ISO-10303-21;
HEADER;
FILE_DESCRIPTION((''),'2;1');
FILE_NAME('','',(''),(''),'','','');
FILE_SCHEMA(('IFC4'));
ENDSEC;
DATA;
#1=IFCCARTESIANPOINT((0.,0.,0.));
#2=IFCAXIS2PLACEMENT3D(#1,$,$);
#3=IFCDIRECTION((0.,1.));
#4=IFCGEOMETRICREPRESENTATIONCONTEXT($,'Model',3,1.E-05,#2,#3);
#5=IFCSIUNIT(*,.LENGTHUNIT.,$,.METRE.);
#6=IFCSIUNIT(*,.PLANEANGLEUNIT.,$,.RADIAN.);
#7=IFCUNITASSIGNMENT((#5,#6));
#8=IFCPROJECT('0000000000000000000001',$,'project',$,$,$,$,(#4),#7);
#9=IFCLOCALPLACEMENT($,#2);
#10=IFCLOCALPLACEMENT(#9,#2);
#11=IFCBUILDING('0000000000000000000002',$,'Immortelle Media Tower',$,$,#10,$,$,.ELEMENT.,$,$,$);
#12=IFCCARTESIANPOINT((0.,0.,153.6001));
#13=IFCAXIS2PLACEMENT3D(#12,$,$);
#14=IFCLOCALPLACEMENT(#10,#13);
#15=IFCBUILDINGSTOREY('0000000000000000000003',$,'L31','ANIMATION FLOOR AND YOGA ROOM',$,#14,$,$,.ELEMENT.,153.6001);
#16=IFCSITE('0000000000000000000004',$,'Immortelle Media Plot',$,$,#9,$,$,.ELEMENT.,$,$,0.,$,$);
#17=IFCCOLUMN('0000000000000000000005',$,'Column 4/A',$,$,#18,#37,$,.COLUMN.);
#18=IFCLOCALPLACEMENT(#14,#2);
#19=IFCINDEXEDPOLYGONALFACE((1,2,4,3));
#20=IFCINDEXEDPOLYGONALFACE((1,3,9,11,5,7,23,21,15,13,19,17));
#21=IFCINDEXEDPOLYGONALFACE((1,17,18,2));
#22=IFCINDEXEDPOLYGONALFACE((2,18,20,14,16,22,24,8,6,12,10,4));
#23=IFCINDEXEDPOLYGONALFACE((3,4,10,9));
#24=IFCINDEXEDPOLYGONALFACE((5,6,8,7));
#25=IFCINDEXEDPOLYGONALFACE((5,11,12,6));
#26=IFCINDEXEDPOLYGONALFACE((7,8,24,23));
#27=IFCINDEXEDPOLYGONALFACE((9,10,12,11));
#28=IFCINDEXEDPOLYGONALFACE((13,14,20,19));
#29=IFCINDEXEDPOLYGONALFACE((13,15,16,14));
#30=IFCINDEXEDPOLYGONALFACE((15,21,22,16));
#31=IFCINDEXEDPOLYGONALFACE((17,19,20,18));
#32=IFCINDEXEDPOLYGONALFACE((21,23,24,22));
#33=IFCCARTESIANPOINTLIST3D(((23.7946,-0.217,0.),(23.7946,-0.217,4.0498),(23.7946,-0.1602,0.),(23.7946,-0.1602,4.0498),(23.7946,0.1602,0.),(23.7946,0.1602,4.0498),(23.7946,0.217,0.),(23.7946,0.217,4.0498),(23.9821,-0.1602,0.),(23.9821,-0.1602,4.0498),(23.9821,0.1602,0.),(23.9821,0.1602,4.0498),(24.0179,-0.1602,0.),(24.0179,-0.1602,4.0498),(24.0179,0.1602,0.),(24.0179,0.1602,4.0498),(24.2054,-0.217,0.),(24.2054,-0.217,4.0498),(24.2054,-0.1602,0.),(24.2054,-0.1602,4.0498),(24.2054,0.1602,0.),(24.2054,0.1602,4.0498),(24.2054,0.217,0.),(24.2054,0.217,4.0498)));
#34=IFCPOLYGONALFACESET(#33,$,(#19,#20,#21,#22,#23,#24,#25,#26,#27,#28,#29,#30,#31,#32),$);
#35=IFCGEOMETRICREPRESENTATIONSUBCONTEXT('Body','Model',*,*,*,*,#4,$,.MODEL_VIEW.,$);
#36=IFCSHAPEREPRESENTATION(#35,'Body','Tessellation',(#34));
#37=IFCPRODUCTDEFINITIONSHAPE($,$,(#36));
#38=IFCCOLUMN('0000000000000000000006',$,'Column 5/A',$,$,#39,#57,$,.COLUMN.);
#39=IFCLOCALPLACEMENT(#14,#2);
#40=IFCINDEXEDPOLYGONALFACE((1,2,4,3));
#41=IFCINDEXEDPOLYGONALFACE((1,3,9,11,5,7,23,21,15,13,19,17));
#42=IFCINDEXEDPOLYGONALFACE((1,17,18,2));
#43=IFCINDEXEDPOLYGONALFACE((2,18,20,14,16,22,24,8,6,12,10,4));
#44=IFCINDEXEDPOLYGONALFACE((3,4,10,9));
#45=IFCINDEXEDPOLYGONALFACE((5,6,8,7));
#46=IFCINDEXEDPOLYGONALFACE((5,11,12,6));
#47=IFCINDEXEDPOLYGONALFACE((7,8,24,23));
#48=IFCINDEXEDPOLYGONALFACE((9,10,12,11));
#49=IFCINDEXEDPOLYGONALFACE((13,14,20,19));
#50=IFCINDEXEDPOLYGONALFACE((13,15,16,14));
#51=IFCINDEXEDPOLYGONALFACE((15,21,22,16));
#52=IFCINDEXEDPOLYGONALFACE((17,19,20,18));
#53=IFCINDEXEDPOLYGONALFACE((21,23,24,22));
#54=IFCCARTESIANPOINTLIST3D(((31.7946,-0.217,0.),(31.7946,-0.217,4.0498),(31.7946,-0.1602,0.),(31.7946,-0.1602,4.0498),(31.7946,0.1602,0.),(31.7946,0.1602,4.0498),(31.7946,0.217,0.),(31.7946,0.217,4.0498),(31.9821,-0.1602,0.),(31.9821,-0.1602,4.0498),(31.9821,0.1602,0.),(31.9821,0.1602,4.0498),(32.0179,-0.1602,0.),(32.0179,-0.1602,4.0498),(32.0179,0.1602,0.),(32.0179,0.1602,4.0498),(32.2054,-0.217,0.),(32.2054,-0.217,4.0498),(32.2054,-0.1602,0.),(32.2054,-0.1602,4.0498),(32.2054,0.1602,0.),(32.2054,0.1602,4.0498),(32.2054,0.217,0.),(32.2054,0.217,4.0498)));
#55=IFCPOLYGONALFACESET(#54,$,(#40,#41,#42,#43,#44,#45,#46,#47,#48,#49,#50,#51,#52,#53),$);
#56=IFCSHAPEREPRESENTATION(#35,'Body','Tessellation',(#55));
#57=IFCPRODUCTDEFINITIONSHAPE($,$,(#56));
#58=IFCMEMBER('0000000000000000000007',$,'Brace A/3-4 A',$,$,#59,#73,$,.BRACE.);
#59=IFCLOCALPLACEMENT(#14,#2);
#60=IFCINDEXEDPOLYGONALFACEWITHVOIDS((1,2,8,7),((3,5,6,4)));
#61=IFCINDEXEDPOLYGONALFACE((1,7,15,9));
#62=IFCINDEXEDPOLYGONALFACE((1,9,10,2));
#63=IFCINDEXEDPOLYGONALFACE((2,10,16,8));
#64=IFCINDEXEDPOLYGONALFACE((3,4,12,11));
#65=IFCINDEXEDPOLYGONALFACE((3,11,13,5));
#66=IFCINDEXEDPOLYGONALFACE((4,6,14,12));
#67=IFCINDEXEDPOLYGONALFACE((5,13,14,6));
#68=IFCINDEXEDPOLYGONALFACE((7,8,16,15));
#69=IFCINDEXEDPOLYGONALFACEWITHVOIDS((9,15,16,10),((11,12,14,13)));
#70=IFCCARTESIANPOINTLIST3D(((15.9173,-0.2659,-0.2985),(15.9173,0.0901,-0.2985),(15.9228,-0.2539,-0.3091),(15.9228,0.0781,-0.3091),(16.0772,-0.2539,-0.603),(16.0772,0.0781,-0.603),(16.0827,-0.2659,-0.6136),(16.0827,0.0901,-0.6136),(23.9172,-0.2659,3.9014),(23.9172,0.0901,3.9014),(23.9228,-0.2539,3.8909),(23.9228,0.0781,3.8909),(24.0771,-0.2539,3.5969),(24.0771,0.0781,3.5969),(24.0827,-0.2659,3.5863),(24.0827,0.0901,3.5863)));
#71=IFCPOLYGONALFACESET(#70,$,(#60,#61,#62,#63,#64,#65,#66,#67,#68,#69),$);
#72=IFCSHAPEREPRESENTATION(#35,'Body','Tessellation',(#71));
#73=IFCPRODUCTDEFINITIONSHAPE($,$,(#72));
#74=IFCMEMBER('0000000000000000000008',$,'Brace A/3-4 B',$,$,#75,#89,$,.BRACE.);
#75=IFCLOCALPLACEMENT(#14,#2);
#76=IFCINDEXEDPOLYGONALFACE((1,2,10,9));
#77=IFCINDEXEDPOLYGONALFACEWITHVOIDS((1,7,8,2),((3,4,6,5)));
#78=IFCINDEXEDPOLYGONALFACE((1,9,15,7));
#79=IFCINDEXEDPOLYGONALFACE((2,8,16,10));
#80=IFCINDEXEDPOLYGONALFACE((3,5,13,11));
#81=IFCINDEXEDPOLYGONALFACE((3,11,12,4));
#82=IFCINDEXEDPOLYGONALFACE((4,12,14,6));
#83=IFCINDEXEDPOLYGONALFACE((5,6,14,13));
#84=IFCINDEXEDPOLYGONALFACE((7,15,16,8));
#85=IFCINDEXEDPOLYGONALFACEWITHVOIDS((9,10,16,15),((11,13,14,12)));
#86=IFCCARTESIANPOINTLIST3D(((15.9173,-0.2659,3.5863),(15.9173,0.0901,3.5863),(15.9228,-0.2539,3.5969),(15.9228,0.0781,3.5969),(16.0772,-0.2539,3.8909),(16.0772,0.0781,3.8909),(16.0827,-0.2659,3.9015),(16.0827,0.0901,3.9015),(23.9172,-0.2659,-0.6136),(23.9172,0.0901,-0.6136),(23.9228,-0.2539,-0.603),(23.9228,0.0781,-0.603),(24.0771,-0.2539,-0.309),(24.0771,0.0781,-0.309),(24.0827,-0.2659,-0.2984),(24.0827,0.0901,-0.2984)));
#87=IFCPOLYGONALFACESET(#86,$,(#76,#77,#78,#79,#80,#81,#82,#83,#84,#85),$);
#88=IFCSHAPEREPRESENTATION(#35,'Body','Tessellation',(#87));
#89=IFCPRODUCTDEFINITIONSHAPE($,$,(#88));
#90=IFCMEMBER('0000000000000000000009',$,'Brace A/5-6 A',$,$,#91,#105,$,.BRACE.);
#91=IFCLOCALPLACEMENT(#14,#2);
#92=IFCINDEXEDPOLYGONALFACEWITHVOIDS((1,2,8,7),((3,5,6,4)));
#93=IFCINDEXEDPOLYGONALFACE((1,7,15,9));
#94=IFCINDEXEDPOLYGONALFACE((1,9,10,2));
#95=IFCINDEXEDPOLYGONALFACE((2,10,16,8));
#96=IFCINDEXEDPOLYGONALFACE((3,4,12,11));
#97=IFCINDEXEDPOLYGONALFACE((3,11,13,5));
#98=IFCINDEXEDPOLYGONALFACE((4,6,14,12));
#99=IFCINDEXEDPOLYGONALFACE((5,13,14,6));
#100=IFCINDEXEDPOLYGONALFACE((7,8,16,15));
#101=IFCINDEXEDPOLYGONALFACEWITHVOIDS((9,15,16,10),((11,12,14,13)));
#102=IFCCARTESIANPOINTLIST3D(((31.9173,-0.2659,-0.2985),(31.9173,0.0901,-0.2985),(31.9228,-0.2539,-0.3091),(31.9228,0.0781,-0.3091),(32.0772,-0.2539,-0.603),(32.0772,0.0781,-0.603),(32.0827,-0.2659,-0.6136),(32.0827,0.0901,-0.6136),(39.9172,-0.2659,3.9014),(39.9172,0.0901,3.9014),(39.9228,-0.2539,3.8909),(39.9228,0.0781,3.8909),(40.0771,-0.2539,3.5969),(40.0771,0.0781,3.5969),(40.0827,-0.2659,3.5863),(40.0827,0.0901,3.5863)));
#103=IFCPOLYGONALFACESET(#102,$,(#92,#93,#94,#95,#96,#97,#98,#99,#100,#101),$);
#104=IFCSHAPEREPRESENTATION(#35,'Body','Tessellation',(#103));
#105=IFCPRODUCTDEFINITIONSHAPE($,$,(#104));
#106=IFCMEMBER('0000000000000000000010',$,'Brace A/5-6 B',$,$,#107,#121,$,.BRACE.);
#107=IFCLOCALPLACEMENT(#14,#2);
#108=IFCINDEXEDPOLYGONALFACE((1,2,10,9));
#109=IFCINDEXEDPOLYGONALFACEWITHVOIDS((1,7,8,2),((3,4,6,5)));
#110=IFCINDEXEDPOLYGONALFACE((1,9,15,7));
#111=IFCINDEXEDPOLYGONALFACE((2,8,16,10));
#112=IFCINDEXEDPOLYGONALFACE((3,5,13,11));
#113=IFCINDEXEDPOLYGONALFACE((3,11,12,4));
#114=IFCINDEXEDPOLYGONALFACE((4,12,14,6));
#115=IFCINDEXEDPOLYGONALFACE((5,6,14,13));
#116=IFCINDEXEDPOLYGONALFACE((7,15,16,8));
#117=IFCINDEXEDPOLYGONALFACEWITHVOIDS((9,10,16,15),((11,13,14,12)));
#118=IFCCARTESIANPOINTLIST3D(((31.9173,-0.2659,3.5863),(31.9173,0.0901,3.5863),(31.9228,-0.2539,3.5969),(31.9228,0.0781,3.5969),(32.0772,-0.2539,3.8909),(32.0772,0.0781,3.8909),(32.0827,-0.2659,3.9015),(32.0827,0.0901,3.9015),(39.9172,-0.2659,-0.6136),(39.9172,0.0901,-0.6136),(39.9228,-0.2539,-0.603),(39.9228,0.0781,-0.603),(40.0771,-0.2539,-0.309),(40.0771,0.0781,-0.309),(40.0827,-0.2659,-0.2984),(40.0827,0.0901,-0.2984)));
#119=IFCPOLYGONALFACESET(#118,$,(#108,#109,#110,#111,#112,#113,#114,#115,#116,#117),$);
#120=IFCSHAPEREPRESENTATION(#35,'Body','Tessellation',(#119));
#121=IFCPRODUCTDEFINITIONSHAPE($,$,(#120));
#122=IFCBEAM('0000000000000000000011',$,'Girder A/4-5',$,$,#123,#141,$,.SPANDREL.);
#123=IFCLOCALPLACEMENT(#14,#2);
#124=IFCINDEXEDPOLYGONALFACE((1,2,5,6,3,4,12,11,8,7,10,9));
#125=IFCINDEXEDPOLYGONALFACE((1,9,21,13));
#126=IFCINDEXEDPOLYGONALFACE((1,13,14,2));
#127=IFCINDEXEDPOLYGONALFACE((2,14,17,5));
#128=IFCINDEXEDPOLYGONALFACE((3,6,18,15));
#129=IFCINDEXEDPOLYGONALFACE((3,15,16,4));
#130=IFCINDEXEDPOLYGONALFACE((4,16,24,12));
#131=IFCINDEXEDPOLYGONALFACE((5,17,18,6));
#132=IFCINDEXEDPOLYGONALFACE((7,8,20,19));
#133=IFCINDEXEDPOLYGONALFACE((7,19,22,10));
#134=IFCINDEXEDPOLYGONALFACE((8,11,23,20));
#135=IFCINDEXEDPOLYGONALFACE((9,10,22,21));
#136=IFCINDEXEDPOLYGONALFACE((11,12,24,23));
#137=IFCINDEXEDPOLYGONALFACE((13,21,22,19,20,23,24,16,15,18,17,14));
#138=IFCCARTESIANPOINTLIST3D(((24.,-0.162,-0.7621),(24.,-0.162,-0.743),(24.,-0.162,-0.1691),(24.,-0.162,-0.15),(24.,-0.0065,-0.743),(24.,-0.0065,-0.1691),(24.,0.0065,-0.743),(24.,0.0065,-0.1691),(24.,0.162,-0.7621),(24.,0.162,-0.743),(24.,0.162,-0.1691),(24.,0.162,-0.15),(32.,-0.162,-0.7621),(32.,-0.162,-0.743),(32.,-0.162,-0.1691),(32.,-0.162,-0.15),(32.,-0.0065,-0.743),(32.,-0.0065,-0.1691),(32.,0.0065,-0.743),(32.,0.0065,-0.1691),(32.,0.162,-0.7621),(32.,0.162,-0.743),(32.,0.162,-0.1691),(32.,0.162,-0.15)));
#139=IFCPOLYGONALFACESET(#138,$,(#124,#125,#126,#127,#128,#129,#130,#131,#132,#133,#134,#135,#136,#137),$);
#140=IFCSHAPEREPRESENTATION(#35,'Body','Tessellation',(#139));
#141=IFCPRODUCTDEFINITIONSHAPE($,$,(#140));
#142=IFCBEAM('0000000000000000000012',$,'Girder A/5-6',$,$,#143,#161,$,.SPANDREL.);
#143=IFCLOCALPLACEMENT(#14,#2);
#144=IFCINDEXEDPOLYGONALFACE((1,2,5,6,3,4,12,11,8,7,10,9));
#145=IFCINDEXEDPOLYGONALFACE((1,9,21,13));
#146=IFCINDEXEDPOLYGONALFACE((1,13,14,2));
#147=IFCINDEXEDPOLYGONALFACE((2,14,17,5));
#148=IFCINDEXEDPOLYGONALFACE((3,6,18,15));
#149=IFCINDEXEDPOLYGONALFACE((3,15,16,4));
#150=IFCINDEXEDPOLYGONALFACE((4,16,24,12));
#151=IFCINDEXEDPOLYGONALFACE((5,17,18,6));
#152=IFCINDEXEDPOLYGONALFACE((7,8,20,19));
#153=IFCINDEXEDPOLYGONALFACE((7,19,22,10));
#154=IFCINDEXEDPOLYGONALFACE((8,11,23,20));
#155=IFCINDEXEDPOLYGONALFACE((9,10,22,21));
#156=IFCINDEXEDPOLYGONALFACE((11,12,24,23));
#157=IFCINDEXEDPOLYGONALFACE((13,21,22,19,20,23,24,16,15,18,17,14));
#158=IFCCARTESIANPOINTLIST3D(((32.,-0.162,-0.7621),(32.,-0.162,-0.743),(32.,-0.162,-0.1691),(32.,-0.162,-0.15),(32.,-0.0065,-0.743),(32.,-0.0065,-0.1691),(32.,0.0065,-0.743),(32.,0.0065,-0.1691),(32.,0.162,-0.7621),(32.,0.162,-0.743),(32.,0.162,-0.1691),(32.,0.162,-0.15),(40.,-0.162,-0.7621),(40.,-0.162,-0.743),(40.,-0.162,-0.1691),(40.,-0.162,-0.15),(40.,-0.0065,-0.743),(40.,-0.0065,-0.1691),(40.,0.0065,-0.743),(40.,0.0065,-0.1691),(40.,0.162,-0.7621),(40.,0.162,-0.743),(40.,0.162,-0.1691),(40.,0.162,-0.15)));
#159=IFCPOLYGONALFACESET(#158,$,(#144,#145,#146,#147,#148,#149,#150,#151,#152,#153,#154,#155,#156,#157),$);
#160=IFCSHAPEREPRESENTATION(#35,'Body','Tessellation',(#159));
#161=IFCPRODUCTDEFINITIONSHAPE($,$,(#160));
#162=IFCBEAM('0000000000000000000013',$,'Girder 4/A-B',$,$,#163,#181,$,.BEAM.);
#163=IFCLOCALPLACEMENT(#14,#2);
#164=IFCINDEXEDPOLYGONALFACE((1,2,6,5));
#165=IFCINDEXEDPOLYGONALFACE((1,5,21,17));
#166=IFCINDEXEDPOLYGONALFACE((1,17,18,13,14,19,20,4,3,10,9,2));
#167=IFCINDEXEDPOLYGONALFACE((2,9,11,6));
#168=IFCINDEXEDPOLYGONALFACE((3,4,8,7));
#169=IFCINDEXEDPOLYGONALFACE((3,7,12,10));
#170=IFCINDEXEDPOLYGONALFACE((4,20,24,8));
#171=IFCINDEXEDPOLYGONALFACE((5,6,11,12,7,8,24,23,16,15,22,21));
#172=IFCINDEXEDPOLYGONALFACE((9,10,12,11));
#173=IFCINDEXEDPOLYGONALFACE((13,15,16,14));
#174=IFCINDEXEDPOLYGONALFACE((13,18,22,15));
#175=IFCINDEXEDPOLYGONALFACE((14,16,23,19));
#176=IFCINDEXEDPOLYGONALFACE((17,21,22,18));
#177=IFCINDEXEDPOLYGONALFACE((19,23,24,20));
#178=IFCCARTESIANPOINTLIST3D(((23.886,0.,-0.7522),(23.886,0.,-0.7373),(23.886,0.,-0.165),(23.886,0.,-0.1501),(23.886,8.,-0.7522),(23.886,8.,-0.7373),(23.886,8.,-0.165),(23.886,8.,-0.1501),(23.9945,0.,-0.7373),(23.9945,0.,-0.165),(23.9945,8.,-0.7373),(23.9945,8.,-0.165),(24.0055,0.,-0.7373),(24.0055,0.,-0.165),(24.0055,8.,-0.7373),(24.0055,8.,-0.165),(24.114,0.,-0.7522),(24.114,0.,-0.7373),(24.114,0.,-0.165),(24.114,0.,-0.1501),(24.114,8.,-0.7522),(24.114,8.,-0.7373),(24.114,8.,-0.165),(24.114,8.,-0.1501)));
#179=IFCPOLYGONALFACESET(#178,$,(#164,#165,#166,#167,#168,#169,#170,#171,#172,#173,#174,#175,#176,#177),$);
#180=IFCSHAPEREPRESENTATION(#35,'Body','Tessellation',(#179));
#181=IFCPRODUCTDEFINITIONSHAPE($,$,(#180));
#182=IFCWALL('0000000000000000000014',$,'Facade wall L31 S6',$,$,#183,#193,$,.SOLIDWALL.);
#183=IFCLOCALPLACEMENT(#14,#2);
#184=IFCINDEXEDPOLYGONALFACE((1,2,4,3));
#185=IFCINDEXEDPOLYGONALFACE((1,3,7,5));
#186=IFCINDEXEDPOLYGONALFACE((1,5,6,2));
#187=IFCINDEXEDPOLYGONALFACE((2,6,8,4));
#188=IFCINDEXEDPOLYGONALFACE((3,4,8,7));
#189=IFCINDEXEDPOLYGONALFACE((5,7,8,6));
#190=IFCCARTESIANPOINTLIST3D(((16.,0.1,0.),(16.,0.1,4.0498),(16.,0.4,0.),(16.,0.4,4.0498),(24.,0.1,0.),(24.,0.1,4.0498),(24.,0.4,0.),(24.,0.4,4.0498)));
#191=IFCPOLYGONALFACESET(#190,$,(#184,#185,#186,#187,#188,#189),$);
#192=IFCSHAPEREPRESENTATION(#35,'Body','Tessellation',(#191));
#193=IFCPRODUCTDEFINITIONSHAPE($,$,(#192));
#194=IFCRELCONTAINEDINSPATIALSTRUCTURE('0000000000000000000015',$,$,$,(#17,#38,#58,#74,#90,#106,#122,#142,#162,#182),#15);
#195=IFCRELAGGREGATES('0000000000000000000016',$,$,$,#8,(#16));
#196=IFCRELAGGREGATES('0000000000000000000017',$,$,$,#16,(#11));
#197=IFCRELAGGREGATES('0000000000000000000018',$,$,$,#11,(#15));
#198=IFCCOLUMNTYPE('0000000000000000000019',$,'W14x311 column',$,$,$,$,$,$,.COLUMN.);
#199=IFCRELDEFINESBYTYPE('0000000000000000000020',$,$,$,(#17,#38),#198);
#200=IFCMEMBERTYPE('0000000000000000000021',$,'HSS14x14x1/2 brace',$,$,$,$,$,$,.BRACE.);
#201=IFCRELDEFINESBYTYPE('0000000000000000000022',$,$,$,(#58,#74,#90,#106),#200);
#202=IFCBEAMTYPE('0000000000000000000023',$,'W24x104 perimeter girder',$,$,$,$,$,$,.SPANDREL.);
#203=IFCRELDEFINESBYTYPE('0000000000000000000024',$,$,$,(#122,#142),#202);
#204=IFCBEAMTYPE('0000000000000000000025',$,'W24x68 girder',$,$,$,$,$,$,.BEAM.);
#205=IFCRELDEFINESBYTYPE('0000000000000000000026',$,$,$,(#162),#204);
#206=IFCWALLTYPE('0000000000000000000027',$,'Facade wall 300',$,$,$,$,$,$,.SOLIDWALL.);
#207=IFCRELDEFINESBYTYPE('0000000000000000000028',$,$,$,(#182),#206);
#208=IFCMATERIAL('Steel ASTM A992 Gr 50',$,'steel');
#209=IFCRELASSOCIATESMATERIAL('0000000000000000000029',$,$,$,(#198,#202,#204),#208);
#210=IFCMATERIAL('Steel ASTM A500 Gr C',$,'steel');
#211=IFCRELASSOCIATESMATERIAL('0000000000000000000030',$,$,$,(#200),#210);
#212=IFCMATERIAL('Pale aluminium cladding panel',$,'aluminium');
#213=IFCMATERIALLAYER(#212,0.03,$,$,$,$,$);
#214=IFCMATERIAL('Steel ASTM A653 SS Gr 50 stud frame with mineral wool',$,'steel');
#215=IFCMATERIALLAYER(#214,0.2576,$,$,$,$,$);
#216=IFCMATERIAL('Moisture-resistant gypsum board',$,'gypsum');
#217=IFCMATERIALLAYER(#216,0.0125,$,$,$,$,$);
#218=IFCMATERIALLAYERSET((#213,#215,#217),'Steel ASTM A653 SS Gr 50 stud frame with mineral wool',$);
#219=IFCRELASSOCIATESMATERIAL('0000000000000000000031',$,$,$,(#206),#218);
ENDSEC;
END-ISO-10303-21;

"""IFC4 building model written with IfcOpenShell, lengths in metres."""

from ifc_helpers import new_model, si_unit, direction, frame, frame_2d, origin, origin_2d, place, context, subcontext, project, spatial, rectangle, hollow_rectangle, i_section, extrude, material, layer, layer_set, material_profile, profile_set, type_object, element, save


model = new_model("IFC4")

# Units and contexts
model_context = context("Model", 3, precision=1e-05, world=origin(), true_north=direction((0.0, 1.0)))
body_context = subcontext(model_context, "Body", "Model", "MODEL_VIEW")
ifc_project = project(units=[si_unit("LENGTHUNIT", "METRE"), si_unit("PLANEANGLEUNIT", "RADIAN")], contexts=[model_context])

# Site, building, storey
site_placement = place(None, origin())
site = spatial("IfcSite", under=ifc_project, at=site_placement, Name="Immortelle Media Plot", CompositionType="ELEMENT", RefElevation=0.0)
building_placement = place(site_placement, origin())
building = spatial("IfcBuilding", under=site, at=building_placement, Name="Immortelle Media Tower", CompositionType="ELEMENT")
storey_placement = place(building_placement, frame((0.0, 0.0, 153.6001)))
storey = spatial("IfcBuildingStorey", under=building, at=storey_placement, Name="L31", Description="ANIMATION FLOOR AND YOGA ROOM", CompositionType="ELEMENT", Elevation=153.6001)

# Columns
ifc_material_1 = material(Name="Steel ASTM A992 Gr 50", Category="steel")
ifc_material_profile_1 = material_profile(ifc_material_1, i_section(OverallWidth=0.4109, OverallDepth=0.4341, WebThickness=0.0359, FlangeThickness=0.0569, at=origin_2d()), Name="W14x311")
ifc_profile_set_1 = profile_set([ifc_material_profile_1], Name="Steel ASTM A992 Gr 50")
column_type = type_object("IfcColumnType", Name="W14x311 column", PredefinedType="COLUMN", material=ifc_profile_set_1)
for number, where, z_axis, x_axis, name in (
    (1, (24.0, 0.0, 0.0), (0.0, 0.0, 1.0), (1.0, 0.0, 0.0), "Column 4/A"),
    (2, (32.0, 0.0, 0.0), (0.0, 0.0, 1.0), (1.0, 0.0, 0.0), "Column 5/A"),
):
    element("IfcColumn", number, at=place(storey_placement, frame(where, z_axis=z_axis, x_axis=x_axis)), inside=storey, type_object=column_type, Name=name, PredefinedType="COLUMN", context=body_context, shape_type="SweptSolid", body=[
        extrude(i_section(OverallWidth=0.4109, OverallDepth=0.4341, WebThickness=0.0359, FlangeThickness=0.0569, at=origin_2d()), origin(), (0.0, 0.0, 1.0), 4.0498),
    ])

# Members
ifc_material_2 = material(Name="Steel ASTM A500 Gr C", Category="steel")
ifc_material_profile_2 = material_profile(ifc_material_2, hollow_rectangle(XDim=0.356, YDim=0.356, WallThickness=0.012, at=origin_2d()), Name="HSS14x14x1/2 brace")
ifc_profile_set_2 = profile_set([ifc_material_profile_2], Name="Steel ASTM A500 Gr C")
member_type = type_object("IfcMemberType", Name="HSS14x14x1/2 brace", PredefinedType="BRACE", material=ifc_profile_set_2)
for number, where, z_axis, x_axis, name in (
    (3, (16.0, -0.0879, -0.4561), (0.8854, 0.0, 0.46483), (0.0, 1.0, 0.0), "Brace A/3-4 A"),
    (4, (16.0, -0.0879, 3.7439), (0.8854, 0.0, -0.46483), (0.0, 1.0, 0.0), "Brace A/3-4 B"),
    (5, (32.0, -0.0879, -0.4561), (0.8854, 0.0, 0.46483), (0.0, 1.0, 0.0), "Brace A/5-6 A"),
    (6, (32.0, -0.0879, 3.7439), (0.8854, 0.0, -0.46483), (0.0, 1.0, 0.0), "Brace A/5-6 B"),
):
    element("IfcMember", number, at=place(storey_placement, frame(where, z_axis=z_axis, x_axis=x_axis)), inside=storey, type_object=member_type, Name=name, PredefinedType="BRACE", context=body_context, shape_type="SweptSolid", body=[
        extrude(hollow_rectangle(XDim=0.356, YDim=0.356, WallThickness=0.012, at=origin_2d()), origin(), (0.0, 0.0, 1.0), 9.0354),
    ])

# Beams
ifc_material_profile_3 = material_profile(ifc_material_1, i_section(OverallWidth=0.324, OverallDepth=0.6121, WebThickness=0.0129, FlangeThickness=0.019, at=origin_2d()), Name="W24x104")
ifc_profile_set_3 = profile_set([ifc_material_profile_3], Name="Steel ASTM A992 Gr 50")
beam_type_1 = type_object("IfcBeamType", Name="W24x104 perimeter girder", PredefinedType="SPANDREL", material=ifc_profile_set_3)
for number, where, z_axis, x_axis, name in (
    (7, (24.0, 0.0, -0.4561), (1.0, 0.0, 0.0), (0.0, 1.0, 0.0), "Girder A/4-5"),
    (8, (32.0, 0.0, -0.4561), (1.0, 0.0, 0.0), (0.0, 1.0, 0.0), "Girder A/5-6"),
):
    element("IfcBeam", number, at=place(storey_placement, frame(where, z_axis=z_axis, x_axis=x_axis)), inside=storey, type_object=beam_type_1, Name=name, PredefinedType="SPANDREL", context=body_context, shape_type="SweptSolid", body=[
        extrude(i_section(OverallWidth=0.324, OverallDepth=0.6121, WebThickness=0.0129, FlangeThickness=0.019, at=origin_2d()), origin(), (0.0, 0.0, 1.0), 8.0),
    ])
ifc_material_profile_4 = material_profile(ifc_material_1, i_section(OverallWidth=0.228, OverallDepth=0.6021, WebThickness=0.011, FlangeThickness=0.0149, at=origin_2d()), Name="W24x68")
ifc_profile_set_4 = profile_set([ifc_material_profile_4], Name="Steel ASTM A992 Gr 50")
beam_type_2 = type_object("IfcBeamType", Name="W24x68 girder", PredefinedType="BEAM", material=ifc_profile_set_4)
beam_placement = place(storey_placement, frame((24.0, 0.0, -0.4512), z_axis=(0.0, 1.0, 0.0), x_axis=(-1.0, 0.0, 0.0)))
element("IfcBeam", 9, at=beam_placement, inside=storey, type_object=beam_type_2, Name="Girder 4/A-B", PredefinedType="BEAM", context=body_context, shape_type="SweptSolid", body=[
    extrude(i_section(OverallWidth=0.228, OverallDepth=0.6021, WebThickness=0.011, FlangeThickness=0.0149, at=origin_2d()), origin(), (0.0, 0.0, 1.0), 8.0),
])

# Wall
ifc_material_3 = material(Name="Pale aluminium cladding panel", Category="aluminium")
ifc_layer_1 = layer(ifc_material_3, 0.03)
ifc_material_4 = material(Name="Steel ASTM A653 SS Gr 50 stud frame with mineral wool", Category="steel")
ifc_layer_2 = layer(ifc_material_4, 0.2576)
ifc_material_5 = material(Name="Moisture-resistant gypsum board", Category="gypsum")
ifc_layer_3 = layer(ifc_material_5, 0.0125)
ifc_layer_set_1 = layer_set([ifc_layer_1, ifc_layer_2, ifc_layer_3], Name="Steel ASTM A653 SS Gr 50 stud frame with mineral wool")
wall_type_1 = type_object("IfcWallType", Name="Facade wall 300", PredefinedType="SOLIDWALL", material=ifc_layer_set_1)
wall_1_placement = place(storey_placement, frame((16.0, 0.25, 0.0), z_axis=(0.0, 0.0, 1.0), x_axis=(1.0, 0.0, 0.0)))
element("IfcWall", 10, at=wall_1_placement, inside=storey, type_object=wall_type_1, Name="Facade wall L31 S6", PredefinedType="SOLIDWALL", context=body_context, shape_type="SweptSolid", body=[
    extrude(rectangle(XDim=8.0, YDim=0.3, at=frame_2d((4.0, 0.0))), origin(), (0.0, 0.0, 1.0), 4.0498),
])

save(model, "model.ifc")
